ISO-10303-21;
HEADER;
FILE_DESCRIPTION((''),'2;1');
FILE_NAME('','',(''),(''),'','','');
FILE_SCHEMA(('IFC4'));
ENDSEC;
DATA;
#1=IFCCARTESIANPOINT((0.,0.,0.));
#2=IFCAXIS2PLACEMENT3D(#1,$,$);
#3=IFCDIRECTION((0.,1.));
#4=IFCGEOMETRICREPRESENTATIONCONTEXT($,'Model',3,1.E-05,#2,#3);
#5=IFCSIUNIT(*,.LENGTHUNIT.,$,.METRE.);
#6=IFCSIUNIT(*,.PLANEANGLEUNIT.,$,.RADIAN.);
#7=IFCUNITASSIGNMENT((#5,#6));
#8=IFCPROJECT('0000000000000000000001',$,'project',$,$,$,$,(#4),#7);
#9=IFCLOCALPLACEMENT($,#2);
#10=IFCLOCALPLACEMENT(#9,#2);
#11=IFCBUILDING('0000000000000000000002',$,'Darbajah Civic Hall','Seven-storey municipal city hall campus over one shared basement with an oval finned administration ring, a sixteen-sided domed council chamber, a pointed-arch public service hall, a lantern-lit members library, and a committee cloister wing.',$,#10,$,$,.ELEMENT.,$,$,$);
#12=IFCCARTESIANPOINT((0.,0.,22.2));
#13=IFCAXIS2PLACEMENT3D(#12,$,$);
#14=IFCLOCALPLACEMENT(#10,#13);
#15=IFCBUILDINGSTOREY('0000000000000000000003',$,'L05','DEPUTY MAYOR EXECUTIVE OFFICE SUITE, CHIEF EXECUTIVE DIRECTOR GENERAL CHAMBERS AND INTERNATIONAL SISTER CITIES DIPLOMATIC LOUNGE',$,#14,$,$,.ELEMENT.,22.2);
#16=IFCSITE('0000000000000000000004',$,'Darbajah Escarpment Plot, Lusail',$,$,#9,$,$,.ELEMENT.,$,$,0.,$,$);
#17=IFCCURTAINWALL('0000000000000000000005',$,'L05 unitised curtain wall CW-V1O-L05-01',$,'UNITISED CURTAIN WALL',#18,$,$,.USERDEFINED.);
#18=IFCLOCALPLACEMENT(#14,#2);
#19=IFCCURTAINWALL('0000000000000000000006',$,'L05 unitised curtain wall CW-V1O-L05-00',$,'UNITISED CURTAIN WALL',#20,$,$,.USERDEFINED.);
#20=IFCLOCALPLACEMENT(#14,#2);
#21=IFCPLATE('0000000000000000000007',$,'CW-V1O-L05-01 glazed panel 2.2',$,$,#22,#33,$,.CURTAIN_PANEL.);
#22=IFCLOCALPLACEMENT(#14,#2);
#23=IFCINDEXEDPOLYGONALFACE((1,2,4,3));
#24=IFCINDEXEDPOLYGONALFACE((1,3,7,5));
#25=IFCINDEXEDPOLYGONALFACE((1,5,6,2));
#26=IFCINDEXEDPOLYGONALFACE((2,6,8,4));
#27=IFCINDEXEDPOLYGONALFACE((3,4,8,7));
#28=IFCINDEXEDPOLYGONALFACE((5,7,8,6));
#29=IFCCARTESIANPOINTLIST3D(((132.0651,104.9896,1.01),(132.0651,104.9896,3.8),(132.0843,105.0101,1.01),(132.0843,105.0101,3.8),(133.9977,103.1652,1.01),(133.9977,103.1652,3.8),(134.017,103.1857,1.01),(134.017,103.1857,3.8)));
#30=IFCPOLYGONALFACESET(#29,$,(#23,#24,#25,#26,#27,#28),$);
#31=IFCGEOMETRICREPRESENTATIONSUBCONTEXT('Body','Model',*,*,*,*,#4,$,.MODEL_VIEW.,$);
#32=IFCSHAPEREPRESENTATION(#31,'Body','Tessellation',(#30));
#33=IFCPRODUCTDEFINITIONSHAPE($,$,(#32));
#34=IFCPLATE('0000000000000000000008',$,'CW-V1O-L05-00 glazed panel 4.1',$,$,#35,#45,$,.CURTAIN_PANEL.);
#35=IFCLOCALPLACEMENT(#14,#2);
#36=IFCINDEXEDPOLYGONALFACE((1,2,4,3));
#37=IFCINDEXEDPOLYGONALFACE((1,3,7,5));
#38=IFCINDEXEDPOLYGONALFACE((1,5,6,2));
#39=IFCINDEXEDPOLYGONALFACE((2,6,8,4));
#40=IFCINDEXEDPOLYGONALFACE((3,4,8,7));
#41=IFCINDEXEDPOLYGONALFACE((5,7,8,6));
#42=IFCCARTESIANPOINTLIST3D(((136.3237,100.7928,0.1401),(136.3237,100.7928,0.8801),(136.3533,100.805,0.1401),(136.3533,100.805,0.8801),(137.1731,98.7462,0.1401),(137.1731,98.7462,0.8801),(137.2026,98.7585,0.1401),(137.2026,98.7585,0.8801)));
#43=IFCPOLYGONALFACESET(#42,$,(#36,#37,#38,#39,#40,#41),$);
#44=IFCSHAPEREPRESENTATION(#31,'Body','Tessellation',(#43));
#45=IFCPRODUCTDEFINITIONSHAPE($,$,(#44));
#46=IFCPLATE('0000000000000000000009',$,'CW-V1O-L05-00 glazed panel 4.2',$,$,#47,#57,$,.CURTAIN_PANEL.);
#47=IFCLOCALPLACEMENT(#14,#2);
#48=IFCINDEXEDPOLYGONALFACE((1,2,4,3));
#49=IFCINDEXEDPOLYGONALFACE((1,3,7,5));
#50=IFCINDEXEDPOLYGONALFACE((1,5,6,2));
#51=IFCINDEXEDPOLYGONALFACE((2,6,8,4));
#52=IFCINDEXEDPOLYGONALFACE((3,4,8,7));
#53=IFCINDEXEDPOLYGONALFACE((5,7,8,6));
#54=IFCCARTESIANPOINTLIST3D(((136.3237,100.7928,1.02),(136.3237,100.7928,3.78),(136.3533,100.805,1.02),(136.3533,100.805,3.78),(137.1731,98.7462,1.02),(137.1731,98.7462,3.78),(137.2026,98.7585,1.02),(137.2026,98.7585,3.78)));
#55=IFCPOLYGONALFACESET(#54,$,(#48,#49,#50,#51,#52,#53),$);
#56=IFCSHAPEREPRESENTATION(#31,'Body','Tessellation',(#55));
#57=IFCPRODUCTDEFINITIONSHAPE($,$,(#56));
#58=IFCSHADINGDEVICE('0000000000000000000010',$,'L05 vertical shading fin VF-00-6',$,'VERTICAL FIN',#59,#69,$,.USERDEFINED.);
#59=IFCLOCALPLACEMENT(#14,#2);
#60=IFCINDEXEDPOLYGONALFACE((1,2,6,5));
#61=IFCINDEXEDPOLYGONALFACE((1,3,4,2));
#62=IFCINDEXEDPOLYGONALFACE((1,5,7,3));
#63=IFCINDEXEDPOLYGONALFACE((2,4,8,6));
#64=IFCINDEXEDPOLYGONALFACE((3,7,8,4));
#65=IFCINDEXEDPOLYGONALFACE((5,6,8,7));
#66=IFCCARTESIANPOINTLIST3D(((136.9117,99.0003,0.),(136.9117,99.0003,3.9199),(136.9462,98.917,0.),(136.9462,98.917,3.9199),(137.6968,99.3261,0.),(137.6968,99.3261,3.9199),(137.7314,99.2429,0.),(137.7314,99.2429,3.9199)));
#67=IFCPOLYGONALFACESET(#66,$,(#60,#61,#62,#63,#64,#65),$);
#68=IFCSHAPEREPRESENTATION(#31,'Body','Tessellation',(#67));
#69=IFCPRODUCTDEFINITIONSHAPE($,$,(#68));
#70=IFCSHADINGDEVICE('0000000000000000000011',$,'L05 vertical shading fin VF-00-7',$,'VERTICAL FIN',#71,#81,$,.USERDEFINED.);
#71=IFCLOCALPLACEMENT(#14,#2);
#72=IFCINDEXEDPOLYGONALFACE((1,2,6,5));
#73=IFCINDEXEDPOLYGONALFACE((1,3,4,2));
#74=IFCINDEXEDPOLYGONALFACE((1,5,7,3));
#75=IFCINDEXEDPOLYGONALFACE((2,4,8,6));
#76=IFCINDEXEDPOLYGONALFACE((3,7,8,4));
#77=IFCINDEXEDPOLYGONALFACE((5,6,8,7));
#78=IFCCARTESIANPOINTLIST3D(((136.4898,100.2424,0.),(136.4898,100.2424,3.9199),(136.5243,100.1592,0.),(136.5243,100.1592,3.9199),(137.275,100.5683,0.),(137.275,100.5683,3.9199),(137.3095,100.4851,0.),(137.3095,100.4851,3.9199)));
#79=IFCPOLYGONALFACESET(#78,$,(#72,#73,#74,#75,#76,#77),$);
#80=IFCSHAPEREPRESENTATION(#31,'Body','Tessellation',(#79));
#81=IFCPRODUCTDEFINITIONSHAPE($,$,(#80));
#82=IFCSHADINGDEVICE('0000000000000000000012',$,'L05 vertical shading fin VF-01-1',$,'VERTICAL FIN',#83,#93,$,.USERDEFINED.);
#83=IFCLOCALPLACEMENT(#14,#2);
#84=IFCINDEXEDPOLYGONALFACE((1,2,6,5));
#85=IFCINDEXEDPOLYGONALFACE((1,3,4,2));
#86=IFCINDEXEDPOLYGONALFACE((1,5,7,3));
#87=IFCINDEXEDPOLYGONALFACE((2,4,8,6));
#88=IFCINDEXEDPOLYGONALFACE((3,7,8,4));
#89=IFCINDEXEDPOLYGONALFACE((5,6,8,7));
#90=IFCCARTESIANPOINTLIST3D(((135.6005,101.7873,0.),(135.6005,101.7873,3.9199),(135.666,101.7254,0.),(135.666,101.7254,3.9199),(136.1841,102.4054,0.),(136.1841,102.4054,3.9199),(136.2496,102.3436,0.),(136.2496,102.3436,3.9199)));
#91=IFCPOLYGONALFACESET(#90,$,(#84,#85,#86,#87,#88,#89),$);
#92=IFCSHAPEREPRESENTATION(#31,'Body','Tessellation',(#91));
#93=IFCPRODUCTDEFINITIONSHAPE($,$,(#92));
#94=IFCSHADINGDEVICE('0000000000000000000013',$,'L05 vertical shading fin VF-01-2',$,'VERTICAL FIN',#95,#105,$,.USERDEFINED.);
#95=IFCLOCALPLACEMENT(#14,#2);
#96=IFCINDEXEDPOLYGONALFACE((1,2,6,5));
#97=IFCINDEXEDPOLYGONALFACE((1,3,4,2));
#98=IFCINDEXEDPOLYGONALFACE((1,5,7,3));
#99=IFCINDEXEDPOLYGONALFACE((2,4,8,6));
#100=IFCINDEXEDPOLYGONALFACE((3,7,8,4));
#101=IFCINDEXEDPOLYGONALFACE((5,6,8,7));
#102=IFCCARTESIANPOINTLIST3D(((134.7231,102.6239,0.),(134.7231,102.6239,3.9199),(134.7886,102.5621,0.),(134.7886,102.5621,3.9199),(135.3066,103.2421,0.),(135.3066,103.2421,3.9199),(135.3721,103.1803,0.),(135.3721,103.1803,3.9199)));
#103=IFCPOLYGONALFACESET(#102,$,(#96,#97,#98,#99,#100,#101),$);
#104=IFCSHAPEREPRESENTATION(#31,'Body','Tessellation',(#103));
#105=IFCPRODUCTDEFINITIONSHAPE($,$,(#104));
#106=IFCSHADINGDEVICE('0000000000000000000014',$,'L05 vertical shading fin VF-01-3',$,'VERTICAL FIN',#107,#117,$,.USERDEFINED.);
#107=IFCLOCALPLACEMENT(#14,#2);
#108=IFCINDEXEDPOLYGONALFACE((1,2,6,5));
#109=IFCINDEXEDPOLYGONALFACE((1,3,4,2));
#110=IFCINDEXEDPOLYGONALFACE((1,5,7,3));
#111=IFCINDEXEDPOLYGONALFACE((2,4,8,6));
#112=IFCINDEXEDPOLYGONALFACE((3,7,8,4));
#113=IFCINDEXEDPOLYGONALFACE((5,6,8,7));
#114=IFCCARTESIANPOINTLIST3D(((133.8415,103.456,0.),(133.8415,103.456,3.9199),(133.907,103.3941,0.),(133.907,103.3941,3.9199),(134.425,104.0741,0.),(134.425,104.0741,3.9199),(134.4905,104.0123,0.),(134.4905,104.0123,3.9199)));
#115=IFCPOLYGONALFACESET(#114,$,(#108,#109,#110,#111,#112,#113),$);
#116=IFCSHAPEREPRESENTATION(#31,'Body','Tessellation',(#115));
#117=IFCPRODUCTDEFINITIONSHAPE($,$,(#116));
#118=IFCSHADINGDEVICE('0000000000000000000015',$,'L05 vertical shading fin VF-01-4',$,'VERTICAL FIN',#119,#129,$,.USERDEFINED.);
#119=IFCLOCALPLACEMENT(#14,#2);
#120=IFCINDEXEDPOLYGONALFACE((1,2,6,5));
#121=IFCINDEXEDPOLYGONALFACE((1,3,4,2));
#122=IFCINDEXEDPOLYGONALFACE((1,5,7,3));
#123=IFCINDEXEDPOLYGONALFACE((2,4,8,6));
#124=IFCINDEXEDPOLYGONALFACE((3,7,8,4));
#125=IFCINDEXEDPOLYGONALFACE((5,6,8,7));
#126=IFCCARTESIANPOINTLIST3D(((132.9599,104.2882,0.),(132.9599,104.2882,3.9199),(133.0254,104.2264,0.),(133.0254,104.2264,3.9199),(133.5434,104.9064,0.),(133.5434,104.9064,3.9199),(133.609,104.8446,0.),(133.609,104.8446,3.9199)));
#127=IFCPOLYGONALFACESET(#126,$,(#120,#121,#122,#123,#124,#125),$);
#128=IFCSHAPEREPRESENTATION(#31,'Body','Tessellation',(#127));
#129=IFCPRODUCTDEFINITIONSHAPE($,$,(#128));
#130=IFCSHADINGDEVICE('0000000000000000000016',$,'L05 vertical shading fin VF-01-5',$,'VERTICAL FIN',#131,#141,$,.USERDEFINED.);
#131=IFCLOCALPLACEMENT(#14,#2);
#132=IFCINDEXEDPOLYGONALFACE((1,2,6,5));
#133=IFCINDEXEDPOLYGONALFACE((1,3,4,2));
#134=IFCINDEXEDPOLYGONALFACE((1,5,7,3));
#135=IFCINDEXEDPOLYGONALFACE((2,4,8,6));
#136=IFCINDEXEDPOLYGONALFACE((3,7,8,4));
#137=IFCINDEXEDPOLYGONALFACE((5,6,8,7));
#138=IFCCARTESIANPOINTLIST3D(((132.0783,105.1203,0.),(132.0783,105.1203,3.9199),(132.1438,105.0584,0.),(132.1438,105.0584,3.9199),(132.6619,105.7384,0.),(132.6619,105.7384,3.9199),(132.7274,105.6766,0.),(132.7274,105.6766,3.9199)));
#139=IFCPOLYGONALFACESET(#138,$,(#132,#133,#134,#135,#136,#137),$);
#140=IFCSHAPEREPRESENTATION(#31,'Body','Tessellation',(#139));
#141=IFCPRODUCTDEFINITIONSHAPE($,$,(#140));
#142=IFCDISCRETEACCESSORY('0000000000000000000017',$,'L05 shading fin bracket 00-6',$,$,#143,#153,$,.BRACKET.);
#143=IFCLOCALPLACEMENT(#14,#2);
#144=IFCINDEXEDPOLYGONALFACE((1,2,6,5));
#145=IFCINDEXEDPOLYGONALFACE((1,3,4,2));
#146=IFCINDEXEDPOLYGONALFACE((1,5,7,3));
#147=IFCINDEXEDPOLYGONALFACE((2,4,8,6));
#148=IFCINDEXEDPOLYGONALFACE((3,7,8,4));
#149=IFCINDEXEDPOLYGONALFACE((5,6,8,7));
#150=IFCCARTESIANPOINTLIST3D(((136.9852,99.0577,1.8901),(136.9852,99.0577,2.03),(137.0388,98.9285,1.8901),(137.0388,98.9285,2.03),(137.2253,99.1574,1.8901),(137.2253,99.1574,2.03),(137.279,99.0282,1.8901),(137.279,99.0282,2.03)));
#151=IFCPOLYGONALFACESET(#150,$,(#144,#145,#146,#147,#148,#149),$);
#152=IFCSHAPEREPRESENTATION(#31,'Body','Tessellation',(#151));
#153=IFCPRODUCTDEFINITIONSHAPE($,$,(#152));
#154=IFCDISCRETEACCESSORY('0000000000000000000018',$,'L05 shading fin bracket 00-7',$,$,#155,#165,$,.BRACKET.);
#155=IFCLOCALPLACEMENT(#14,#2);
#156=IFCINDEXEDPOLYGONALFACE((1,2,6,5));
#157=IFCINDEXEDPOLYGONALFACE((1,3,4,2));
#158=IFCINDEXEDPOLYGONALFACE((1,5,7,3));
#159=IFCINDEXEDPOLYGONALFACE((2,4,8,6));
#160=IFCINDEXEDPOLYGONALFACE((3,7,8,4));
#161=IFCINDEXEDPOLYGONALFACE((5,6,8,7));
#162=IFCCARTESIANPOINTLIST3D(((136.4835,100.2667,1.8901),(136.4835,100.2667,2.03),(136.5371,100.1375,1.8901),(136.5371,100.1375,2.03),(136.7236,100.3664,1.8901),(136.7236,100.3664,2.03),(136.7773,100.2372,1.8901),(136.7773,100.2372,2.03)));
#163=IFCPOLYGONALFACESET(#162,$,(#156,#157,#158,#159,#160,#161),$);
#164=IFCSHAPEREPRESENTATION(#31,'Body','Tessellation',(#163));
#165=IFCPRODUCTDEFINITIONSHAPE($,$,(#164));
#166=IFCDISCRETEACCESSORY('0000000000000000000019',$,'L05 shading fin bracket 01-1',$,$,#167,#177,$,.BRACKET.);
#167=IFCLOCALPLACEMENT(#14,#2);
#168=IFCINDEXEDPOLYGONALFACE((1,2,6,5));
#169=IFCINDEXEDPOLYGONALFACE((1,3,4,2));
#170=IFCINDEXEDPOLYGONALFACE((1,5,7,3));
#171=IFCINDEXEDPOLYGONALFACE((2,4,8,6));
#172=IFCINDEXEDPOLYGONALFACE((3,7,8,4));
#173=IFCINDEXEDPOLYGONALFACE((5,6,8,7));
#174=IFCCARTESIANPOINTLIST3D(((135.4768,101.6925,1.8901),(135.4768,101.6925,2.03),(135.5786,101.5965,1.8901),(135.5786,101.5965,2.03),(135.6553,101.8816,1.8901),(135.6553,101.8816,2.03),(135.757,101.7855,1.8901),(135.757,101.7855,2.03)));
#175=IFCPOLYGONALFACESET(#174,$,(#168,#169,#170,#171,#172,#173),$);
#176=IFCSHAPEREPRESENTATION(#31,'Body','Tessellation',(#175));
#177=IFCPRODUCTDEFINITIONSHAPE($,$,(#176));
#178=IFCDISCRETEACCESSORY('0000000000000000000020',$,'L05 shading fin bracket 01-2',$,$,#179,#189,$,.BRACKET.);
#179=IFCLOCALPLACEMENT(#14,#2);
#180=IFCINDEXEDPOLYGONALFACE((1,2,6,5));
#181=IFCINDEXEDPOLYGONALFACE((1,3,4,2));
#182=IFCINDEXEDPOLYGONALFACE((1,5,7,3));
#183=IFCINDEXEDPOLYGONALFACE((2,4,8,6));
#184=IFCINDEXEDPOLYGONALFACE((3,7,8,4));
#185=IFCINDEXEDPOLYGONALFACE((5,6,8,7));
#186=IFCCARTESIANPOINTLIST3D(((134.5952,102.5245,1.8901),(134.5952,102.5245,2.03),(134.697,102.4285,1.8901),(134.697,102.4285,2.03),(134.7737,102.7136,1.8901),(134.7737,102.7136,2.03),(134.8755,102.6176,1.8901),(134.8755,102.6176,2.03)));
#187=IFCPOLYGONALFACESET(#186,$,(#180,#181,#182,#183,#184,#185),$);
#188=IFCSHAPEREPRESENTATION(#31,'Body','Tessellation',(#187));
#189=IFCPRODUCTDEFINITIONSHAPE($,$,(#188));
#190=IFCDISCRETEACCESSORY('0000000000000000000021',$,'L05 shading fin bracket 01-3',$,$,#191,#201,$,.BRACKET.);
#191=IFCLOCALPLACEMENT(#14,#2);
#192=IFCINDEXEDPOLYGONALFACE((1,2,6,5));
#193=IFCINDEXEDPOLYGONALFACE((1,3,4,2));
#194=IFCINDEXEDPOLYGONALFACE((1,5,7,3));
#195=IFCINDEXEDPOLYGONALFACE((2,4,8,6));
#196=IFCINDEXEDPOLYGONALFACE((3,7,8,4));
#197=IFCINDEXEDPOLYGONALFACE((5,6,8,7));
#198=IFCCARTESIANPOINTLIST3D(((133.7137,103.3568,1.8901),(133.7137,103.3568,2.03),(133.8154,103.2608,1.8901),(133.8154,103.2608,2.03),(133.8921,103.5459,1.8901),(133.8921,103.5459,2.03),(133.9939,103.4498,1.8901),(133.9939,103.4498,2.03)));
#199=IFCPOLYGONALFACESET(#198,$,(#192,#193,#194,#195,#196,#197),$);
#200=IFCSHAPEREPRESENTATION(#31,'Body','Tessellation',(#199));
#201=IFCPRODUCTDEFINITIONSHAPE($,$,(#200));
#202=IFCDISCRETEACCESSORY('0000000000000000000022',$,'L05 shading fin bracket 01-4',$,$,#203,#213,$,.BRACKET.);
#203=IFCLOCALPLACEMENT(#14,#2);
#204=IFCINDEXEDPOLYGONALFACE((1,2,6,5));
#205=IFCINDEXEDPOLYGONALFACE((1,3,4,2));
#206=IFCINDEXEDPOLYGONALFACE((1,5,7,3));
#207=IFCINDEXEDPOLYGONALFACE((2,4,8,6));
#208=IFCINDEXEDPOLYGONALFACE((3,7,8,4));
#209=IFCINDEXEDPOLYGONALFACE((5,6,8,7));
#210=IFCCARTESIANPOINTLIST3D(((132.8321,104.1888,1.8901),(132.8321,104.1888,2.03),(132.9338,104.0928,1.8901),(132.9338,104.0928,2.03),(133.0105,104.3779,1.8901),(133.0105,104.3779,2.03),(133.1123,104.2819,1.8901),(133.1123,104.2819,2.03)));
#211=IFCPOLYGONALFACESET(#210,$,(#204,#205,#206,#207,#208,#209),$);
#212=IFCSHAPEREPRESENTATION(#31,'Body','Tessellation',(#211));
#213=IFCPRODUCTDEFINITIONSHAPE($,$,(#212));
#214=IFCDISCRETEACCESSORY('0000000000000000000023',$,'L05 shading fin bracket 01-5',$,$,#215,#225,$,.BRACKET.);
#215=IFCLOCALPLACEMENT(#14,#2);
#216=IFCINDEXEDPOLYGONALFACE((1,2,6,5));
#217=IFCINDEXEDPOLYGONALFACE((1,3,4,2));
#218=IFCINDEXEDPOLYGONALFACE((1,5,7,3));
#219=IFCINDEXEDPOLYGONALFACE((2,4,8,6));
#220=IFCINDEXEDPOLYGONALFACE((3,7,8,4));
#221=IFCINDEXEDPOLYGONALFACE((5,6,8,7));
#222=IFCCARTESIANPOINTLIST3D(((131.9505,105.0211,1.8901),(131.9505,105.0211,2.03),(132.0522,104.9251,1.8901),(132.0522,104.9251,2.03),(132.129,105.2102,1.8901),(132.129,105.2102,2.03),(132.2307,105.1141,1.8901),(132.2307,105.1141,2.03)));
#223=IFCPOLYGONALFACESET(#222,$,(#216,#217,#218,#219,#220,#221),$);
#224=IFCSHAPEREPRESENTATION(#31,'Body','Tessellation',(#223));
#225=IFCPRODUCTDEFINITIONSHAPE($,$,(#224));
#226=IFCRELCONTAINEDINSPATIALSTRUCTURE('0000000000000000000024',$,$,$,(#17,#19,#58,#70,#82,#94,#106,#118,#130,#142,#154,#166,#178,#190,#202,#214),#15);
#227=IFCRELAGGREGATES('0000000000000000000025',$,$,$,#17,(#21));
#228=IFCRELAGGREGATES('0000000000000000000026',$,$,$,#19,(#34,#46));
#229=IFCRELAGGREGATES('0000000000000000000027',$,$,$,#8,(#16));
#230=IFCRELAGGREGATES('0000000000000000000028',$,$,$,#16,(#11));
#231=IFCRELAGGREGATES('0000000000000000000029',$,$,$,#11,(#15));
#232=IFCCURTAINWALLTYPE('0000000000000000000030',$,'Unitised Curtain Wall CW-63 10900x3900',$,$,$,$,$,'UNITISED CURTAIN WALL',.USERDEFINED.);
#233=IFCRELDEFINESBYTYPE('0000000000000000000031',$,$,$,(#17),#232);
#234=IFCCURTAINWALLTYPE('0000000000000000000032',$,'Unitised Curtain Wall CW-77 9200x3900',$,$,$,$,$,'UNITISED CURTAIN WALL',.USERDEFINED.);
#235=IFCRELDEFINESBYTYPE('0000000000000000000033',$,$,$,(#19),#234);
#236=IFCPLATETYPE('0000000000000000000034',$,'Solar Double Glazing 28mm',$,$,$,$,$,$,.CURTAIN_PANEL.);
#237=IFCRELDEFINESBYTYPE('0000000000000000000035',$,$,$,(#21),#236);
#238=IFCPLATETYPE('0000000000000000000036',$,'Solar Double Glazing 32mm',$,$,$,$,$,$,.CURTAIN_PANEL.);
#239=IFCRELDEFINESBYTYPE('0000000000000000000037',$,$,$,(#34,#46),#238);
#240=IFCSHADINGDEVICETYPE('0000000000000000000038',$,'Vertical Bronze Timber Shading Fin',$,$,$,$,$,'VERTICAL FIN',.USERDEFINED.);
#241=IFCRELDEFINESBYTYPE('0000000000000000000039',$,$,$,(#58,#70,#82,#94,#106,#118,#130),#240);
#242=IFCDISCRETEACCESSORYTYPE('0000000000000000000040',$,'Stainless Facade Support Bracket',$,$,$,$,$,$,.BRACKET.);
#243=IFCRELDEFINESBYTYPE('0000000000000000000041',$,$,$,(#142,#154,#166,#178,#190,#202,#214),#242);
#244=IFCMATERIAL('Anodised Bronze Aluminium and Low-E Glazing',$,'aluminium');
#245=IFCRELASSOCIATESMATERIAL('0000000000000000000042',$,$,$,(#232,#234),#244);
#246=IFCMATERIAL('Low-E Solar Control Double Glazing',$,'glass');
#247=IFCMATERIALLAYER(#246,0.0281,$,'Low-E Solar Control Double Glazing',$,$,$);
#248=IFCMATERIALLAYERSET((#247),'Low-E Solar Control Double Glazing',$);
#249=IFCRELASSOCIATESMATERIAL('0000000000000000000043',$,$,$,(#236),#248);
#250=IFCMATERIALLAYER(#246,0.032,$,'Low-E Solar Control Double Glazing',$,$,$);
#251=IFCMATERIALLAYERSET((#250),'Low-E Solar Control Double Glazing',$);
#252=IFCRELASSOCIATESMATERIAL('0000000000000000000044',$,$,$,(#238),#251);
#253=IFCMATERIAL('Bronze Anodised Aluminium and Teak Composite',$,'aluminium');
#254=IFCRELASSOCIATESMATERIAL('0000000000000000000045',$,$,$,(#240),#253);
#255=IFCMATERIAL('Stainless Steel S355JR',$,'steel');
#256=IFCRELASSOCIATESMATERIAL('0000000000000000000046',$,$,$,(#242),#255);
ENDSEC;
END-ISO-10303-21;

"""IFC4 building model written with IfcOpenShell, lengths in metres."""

from ifc_helpers import new_model, si_unit, direction, frame, origin, origin_2d, place, context, subcontext, project, spatial, rectangle, extrude, material, layer, layer_set, type_object, element, aggregate, save


model = new_model("IFC4")

# Units and contexts
model_context = context("Model", 3, precision=1e-05, world=origin(), true_north=direction((0.0, 1.0)))
body_context = subcontext(model_context, "Body", "Model", "MODEL_VIEW")
ifc_project = project(units=[si_unit("LENGTHUNIT", "METRE"), si_unit("PLANEANGLEUNIT", "RADIAN")], contexts=[model_context])

# Site, building, storey
site_placement = place(None, origin())
site = spatial("IfcSite", under=ifc_project, at=site_placement, Name="Darbajah Escarpment Plot, Lusail", CompositionType="ELEMENT", RefElevation=0.0)
building_placement = place(site_placement, origin())
building = spatial("IfcBuilding", under=site, at=building_placement, Name="Darbajah Civic Hall", Description="Seven-storey municipal city hall campus over one shared basement with an oval finned administration ring, a sixteen-sided domed council chamber, a pointed-arch public service hall, a lantern-lit members library, and a committee cloister wing.", CompositionType="ELEMENT")
storey_placement = place(building_placement, frame((0.0, 0.0, 22.2)))
storey = spatial("IfcBuildingStorey", under=building, at=storey_placement, Name="L05", Description="DEPUTY MAYOR EXECUTIVE OFFICE SUITE, CHIEF EXECUTIVE DIRECTOR GENERAL CHAMBERS AND INTERNATIONAL SISTER CITIES DIPLOMATIC LOUNGE", CompositionType="ELEMENT", Elevation=22.2)

# Curtain wall
ifc_material_1 = material(Name="Anodised Bronze Aluminium and Low-E Glazing", Category="aluminium")
curtain_wall_type_1 = type_object("IfcCurtainWallType", Name="Unitised Curtain Wall CW-63 10900x3900", ElementType="UNITISED CURTAIN WALL", PredefinedType="USERDEFINED", material=ifc_material_1)
curtain_wall_1_placement = place(storey_placement, origin())
curtain_wall_1 = element("IfcCurtainWall", 1, at=curtain_wall_1_placement, inside=storey, type_object=curtain_wall_type_1, Name="L05 unitised curtain wall CW-V1O-L05-01", ObjectType="UNITISED CURTAIN WALL", PredefinedType="USERDEFINED")

# Curtain wall
curtain_wall_type_2 = type_object("IfcCurtainWallType", Name="Unitised Curtain Wall CW-77 9200x3900", ElementType="UNITISED CURTAIN WALL", PredefinedType="USERDEFINED", material=ifc_material_1)
curtain_wall_2_placement = place(storey_placement, origin())
curtain_wall_2 = element("IfcCurtainWall", 2, at=curtain_wall_2_placement, inside=storey, type_object=curtain_wall_type_2, Name="L05 unitised curtain wall CW-V1O-L05-00", ObjectType="UNITISED CURTAIN WALL", PredefinedType="USERDEFINED")

# Plates
ifc_material_2 = material(Name="Low-E Solar Control Double Glazing", Category="glass")
ifc_layer_1 = layer(ifc_material_2, 0.0281, Name="Low-E Solar Control Double Glazing")
ifc_layer_set_1 = layer_set([ifc_layer_1], Name="Low-E Solar Control Double Glazing")
plate_type_1 = type_object("IfcPlateType", Name="Solar Double Glazing 28mm", PredefinedType="CURTAIN_PANEL", material=ifc_layer_set_1)
plate_1_placement = place(storey_placement, frame((133.041, 104.0876, 1.01), z_axis=(0.0, 0.0, 1.0), x_axis=(-0.727174, 0.686453, 0.0)))
plate_1 = element("IfcPlate", 3, at=plate_1_placement, type_object=plate_type_1, Name="CW-V1O-L05-01 glazed panel 2.2", PredefinedType="CURTAIN_PANEL", context=body_context, shape_type="SweptSolid", body=[
    extrude(rectangle(XDim=2.6577, YDim=0.0281, at=origin_2d()), origin(), (0.0, 0.0, 1.0), 2.79),
])
aggregate(curtain_wall_1, [plate_1])
ifc_layer_2 = layer(ifc_material_2, 0.032, Name="Low-E Solar Control Double Glazing")
ifc_layer_set_2 = layer_set([ifc_layer_2], Name="Low-E Solar Control Double Glazing")
plate_type_2 = type_object("IfcPlateType", Name="Solar Double Glazing 32mm", PredefinedType="CURTAIN_PANEL", material=ifc_layer_set_2)
plate_2_placement = place(storey_placement, frame((136.7632, 99.7756, 0.1401), z_axis=(0.0, 0.0, 1.0), x_axis=(-0.383328, 0.923612, 0.0)))
plate_2 = element("IfcPlate", 4, at=plate_2_placement, type_object=plate_type_2, Name="CW-V1O-L05-00 glazed panel 4.1", PredefinedType="CURTAIN_PANEL", context=body_context, shape_type="SweptSolid", body=[
    extrude(rectangle(XDim=2.2158, YDim=0.032, at=origin_2d()), origin(), (0.0, 0.0, 1.0), 0.74),
])
plate_3_placement = place(storey_placement, frame((136.7632, 99.7756, 1.02), z_axis=(0.0, 0.0, 1.0), x_axis=(-0.383328, 0.923612, 0.0)))
plate_3 = element("IfcPlate", 5, at=plate_3_placement, type_object=plate_type_2, Name="CW-V1O-L05-00 glazed panel 4.2", PredefinedType="CURTAIN_PANEL", context=body_context, shape_type="SweptSolid", body=[
    extrude(rectangle(XDim=2.2158, YDim=0.032, at=origin_2d()), origin(), (0.0, 0.0, 1.0), 2.76),
])
aggregate(curtain_wall_2, [plate_2, plate_3])

# Shading devices
ifc_material_3 = material(Name="Bronze Anodised Aluminium and Teak Composite", Category="aluminium")
shading_device_type = type_object("IfcShadingDeviceType", Name="Vertical Bronze Timber Shading Fin", ElementType="VERTICAL FIN", PredefinedType="USERDEFINED", material=ifc_material_3)
for number, where, z_axis, x_axis, name in (
    (6, (137.3215, 99.1216, 0.0), (0.0, 0.0, 1.0), (0.923612, 0.383328, 0.0), "L05 vertical shading fin VF-00-6"),
    (7, (136.8997, 100.3638, 0.0), (0.0, 0.0, 1.0), (0.923612, 0.383328, 0.0), "L05 vertical shading fin VF-00-7"),
    (8, (135.925, 102.0654, 0.0), (0.0, 0.0, 1.0), (0.686453, 0.727174, 0.0), "L05 vertical shading fin VF-01-1"),
    (9, (135.0476, 102.9021, 0.0), (0.0, 0.0, 1.0), (0.686453, 0.727174, 0.0), "L05 vertical shading fin VF-01-2"),
    (10, (134.166, 103.7341, 0.0), (0.0, 0.0, 1.0), (0.686453, 0.727174, 0.0), "L05 vertical shading fin VF-01-3"),
    (11, (133.2844, 104.5664, 0.0), (0.0, 0.0, 1.0), (0.686453, 0.727174, 0.0), "L05 vertical shading fin VF-01-4"),
    (12, (132.4028, 105.3984, 0.0), (0.0, 0.0, 1.0), (0.686453, 0.727174, 0.0), "L05 vertical shading fin VF-01-5"),
):
    element("IfcShadingDevice", number, at=place(storey_placement, frame(where, z_axis=z_axis, x_axis=x_axis)), inside=storey, type_object=shading_device_type, Name=name, ObjectType="VERTICAL FIN", PredefinedType="USERDEFINED", context=body_context, shape_type="SweptSolid", body=[
        extrude(rectangle(XDim=0.8501, YDim=0.0901, at=origin_2d()), origin(), (0.0, 0.0, 1.0), 3.9199),
    ])

# Discrete accessories
ifc_material_4 = material(Name="Stainless Steel S355JR", Category="steel")
discrete_accessory_type = type_object("IfcDiscreteAccessoryType", Name="Stainless Facade Support Bracket", PredefinedType="BRACKET", material=ifc_material_4)
for number, where, z_axis, x_axis, name in (
    (13, (137.1321, 99.043, 1.8901), (0.0, 0.0, 1.0), (0.923612, 0.383328, 0.0), "L05 shading fin bracket 00-6"),
    (14, (136.6304, 100.252, 1.8901), (0.0, 0.0, 1.0), (0.923612, 0.383328, 0.0), "L05 shading fin bracket 00-7"),
    (15, (135.6169, 101.739, 1.8901), (0.0, 0.0, 1.0), (0.686453, 0.727174, 0.0), "L05 shading fin bracket 01-1"),
    (16, (134.7354, 102.571, 1.8901), (0.0, 0.0, 1.0), (0.686453, 0.727174, 0.0), "L05 shading fin bracket 01-2"),
    (17, (133.8538, 103.4033, 1.8901), (0.0, 0.0, 1.0), (0.686453, 0.727174, 0.0), "L05 shading fin bracket 01-3"),
    (18, (132.9722, 104.2354, 1.8901), (0.0, 0.0, 1.0), (0.686453, 0.727174, 0.0), "L05 shading fin bracket 01-4"),
    (19, (132.0906, 105.0676, 1.8901), (0.0, 0.0, 1.0), (0.686453, 0.727174, 0.0), "L05 shading fin bracket 01-5"),
):
    element("IfcDiscreteAccessory", number, at=place(storey_placement, frame(where, z_axis=z_axis, x_axis=x_axis)), inside=storey, type_object=discrete_accessory_type, Name=name, PredefinedType="BRACKET", context=body_context, shape_type="SweptSolid", body=[
        extrude(rectangle(XDim=0.26, YDim=0.1399, at=origin_2d()), origin(), (0.0, 0.0, 1.0), 0.1399),
    ])

save(model, "model.ifc")
